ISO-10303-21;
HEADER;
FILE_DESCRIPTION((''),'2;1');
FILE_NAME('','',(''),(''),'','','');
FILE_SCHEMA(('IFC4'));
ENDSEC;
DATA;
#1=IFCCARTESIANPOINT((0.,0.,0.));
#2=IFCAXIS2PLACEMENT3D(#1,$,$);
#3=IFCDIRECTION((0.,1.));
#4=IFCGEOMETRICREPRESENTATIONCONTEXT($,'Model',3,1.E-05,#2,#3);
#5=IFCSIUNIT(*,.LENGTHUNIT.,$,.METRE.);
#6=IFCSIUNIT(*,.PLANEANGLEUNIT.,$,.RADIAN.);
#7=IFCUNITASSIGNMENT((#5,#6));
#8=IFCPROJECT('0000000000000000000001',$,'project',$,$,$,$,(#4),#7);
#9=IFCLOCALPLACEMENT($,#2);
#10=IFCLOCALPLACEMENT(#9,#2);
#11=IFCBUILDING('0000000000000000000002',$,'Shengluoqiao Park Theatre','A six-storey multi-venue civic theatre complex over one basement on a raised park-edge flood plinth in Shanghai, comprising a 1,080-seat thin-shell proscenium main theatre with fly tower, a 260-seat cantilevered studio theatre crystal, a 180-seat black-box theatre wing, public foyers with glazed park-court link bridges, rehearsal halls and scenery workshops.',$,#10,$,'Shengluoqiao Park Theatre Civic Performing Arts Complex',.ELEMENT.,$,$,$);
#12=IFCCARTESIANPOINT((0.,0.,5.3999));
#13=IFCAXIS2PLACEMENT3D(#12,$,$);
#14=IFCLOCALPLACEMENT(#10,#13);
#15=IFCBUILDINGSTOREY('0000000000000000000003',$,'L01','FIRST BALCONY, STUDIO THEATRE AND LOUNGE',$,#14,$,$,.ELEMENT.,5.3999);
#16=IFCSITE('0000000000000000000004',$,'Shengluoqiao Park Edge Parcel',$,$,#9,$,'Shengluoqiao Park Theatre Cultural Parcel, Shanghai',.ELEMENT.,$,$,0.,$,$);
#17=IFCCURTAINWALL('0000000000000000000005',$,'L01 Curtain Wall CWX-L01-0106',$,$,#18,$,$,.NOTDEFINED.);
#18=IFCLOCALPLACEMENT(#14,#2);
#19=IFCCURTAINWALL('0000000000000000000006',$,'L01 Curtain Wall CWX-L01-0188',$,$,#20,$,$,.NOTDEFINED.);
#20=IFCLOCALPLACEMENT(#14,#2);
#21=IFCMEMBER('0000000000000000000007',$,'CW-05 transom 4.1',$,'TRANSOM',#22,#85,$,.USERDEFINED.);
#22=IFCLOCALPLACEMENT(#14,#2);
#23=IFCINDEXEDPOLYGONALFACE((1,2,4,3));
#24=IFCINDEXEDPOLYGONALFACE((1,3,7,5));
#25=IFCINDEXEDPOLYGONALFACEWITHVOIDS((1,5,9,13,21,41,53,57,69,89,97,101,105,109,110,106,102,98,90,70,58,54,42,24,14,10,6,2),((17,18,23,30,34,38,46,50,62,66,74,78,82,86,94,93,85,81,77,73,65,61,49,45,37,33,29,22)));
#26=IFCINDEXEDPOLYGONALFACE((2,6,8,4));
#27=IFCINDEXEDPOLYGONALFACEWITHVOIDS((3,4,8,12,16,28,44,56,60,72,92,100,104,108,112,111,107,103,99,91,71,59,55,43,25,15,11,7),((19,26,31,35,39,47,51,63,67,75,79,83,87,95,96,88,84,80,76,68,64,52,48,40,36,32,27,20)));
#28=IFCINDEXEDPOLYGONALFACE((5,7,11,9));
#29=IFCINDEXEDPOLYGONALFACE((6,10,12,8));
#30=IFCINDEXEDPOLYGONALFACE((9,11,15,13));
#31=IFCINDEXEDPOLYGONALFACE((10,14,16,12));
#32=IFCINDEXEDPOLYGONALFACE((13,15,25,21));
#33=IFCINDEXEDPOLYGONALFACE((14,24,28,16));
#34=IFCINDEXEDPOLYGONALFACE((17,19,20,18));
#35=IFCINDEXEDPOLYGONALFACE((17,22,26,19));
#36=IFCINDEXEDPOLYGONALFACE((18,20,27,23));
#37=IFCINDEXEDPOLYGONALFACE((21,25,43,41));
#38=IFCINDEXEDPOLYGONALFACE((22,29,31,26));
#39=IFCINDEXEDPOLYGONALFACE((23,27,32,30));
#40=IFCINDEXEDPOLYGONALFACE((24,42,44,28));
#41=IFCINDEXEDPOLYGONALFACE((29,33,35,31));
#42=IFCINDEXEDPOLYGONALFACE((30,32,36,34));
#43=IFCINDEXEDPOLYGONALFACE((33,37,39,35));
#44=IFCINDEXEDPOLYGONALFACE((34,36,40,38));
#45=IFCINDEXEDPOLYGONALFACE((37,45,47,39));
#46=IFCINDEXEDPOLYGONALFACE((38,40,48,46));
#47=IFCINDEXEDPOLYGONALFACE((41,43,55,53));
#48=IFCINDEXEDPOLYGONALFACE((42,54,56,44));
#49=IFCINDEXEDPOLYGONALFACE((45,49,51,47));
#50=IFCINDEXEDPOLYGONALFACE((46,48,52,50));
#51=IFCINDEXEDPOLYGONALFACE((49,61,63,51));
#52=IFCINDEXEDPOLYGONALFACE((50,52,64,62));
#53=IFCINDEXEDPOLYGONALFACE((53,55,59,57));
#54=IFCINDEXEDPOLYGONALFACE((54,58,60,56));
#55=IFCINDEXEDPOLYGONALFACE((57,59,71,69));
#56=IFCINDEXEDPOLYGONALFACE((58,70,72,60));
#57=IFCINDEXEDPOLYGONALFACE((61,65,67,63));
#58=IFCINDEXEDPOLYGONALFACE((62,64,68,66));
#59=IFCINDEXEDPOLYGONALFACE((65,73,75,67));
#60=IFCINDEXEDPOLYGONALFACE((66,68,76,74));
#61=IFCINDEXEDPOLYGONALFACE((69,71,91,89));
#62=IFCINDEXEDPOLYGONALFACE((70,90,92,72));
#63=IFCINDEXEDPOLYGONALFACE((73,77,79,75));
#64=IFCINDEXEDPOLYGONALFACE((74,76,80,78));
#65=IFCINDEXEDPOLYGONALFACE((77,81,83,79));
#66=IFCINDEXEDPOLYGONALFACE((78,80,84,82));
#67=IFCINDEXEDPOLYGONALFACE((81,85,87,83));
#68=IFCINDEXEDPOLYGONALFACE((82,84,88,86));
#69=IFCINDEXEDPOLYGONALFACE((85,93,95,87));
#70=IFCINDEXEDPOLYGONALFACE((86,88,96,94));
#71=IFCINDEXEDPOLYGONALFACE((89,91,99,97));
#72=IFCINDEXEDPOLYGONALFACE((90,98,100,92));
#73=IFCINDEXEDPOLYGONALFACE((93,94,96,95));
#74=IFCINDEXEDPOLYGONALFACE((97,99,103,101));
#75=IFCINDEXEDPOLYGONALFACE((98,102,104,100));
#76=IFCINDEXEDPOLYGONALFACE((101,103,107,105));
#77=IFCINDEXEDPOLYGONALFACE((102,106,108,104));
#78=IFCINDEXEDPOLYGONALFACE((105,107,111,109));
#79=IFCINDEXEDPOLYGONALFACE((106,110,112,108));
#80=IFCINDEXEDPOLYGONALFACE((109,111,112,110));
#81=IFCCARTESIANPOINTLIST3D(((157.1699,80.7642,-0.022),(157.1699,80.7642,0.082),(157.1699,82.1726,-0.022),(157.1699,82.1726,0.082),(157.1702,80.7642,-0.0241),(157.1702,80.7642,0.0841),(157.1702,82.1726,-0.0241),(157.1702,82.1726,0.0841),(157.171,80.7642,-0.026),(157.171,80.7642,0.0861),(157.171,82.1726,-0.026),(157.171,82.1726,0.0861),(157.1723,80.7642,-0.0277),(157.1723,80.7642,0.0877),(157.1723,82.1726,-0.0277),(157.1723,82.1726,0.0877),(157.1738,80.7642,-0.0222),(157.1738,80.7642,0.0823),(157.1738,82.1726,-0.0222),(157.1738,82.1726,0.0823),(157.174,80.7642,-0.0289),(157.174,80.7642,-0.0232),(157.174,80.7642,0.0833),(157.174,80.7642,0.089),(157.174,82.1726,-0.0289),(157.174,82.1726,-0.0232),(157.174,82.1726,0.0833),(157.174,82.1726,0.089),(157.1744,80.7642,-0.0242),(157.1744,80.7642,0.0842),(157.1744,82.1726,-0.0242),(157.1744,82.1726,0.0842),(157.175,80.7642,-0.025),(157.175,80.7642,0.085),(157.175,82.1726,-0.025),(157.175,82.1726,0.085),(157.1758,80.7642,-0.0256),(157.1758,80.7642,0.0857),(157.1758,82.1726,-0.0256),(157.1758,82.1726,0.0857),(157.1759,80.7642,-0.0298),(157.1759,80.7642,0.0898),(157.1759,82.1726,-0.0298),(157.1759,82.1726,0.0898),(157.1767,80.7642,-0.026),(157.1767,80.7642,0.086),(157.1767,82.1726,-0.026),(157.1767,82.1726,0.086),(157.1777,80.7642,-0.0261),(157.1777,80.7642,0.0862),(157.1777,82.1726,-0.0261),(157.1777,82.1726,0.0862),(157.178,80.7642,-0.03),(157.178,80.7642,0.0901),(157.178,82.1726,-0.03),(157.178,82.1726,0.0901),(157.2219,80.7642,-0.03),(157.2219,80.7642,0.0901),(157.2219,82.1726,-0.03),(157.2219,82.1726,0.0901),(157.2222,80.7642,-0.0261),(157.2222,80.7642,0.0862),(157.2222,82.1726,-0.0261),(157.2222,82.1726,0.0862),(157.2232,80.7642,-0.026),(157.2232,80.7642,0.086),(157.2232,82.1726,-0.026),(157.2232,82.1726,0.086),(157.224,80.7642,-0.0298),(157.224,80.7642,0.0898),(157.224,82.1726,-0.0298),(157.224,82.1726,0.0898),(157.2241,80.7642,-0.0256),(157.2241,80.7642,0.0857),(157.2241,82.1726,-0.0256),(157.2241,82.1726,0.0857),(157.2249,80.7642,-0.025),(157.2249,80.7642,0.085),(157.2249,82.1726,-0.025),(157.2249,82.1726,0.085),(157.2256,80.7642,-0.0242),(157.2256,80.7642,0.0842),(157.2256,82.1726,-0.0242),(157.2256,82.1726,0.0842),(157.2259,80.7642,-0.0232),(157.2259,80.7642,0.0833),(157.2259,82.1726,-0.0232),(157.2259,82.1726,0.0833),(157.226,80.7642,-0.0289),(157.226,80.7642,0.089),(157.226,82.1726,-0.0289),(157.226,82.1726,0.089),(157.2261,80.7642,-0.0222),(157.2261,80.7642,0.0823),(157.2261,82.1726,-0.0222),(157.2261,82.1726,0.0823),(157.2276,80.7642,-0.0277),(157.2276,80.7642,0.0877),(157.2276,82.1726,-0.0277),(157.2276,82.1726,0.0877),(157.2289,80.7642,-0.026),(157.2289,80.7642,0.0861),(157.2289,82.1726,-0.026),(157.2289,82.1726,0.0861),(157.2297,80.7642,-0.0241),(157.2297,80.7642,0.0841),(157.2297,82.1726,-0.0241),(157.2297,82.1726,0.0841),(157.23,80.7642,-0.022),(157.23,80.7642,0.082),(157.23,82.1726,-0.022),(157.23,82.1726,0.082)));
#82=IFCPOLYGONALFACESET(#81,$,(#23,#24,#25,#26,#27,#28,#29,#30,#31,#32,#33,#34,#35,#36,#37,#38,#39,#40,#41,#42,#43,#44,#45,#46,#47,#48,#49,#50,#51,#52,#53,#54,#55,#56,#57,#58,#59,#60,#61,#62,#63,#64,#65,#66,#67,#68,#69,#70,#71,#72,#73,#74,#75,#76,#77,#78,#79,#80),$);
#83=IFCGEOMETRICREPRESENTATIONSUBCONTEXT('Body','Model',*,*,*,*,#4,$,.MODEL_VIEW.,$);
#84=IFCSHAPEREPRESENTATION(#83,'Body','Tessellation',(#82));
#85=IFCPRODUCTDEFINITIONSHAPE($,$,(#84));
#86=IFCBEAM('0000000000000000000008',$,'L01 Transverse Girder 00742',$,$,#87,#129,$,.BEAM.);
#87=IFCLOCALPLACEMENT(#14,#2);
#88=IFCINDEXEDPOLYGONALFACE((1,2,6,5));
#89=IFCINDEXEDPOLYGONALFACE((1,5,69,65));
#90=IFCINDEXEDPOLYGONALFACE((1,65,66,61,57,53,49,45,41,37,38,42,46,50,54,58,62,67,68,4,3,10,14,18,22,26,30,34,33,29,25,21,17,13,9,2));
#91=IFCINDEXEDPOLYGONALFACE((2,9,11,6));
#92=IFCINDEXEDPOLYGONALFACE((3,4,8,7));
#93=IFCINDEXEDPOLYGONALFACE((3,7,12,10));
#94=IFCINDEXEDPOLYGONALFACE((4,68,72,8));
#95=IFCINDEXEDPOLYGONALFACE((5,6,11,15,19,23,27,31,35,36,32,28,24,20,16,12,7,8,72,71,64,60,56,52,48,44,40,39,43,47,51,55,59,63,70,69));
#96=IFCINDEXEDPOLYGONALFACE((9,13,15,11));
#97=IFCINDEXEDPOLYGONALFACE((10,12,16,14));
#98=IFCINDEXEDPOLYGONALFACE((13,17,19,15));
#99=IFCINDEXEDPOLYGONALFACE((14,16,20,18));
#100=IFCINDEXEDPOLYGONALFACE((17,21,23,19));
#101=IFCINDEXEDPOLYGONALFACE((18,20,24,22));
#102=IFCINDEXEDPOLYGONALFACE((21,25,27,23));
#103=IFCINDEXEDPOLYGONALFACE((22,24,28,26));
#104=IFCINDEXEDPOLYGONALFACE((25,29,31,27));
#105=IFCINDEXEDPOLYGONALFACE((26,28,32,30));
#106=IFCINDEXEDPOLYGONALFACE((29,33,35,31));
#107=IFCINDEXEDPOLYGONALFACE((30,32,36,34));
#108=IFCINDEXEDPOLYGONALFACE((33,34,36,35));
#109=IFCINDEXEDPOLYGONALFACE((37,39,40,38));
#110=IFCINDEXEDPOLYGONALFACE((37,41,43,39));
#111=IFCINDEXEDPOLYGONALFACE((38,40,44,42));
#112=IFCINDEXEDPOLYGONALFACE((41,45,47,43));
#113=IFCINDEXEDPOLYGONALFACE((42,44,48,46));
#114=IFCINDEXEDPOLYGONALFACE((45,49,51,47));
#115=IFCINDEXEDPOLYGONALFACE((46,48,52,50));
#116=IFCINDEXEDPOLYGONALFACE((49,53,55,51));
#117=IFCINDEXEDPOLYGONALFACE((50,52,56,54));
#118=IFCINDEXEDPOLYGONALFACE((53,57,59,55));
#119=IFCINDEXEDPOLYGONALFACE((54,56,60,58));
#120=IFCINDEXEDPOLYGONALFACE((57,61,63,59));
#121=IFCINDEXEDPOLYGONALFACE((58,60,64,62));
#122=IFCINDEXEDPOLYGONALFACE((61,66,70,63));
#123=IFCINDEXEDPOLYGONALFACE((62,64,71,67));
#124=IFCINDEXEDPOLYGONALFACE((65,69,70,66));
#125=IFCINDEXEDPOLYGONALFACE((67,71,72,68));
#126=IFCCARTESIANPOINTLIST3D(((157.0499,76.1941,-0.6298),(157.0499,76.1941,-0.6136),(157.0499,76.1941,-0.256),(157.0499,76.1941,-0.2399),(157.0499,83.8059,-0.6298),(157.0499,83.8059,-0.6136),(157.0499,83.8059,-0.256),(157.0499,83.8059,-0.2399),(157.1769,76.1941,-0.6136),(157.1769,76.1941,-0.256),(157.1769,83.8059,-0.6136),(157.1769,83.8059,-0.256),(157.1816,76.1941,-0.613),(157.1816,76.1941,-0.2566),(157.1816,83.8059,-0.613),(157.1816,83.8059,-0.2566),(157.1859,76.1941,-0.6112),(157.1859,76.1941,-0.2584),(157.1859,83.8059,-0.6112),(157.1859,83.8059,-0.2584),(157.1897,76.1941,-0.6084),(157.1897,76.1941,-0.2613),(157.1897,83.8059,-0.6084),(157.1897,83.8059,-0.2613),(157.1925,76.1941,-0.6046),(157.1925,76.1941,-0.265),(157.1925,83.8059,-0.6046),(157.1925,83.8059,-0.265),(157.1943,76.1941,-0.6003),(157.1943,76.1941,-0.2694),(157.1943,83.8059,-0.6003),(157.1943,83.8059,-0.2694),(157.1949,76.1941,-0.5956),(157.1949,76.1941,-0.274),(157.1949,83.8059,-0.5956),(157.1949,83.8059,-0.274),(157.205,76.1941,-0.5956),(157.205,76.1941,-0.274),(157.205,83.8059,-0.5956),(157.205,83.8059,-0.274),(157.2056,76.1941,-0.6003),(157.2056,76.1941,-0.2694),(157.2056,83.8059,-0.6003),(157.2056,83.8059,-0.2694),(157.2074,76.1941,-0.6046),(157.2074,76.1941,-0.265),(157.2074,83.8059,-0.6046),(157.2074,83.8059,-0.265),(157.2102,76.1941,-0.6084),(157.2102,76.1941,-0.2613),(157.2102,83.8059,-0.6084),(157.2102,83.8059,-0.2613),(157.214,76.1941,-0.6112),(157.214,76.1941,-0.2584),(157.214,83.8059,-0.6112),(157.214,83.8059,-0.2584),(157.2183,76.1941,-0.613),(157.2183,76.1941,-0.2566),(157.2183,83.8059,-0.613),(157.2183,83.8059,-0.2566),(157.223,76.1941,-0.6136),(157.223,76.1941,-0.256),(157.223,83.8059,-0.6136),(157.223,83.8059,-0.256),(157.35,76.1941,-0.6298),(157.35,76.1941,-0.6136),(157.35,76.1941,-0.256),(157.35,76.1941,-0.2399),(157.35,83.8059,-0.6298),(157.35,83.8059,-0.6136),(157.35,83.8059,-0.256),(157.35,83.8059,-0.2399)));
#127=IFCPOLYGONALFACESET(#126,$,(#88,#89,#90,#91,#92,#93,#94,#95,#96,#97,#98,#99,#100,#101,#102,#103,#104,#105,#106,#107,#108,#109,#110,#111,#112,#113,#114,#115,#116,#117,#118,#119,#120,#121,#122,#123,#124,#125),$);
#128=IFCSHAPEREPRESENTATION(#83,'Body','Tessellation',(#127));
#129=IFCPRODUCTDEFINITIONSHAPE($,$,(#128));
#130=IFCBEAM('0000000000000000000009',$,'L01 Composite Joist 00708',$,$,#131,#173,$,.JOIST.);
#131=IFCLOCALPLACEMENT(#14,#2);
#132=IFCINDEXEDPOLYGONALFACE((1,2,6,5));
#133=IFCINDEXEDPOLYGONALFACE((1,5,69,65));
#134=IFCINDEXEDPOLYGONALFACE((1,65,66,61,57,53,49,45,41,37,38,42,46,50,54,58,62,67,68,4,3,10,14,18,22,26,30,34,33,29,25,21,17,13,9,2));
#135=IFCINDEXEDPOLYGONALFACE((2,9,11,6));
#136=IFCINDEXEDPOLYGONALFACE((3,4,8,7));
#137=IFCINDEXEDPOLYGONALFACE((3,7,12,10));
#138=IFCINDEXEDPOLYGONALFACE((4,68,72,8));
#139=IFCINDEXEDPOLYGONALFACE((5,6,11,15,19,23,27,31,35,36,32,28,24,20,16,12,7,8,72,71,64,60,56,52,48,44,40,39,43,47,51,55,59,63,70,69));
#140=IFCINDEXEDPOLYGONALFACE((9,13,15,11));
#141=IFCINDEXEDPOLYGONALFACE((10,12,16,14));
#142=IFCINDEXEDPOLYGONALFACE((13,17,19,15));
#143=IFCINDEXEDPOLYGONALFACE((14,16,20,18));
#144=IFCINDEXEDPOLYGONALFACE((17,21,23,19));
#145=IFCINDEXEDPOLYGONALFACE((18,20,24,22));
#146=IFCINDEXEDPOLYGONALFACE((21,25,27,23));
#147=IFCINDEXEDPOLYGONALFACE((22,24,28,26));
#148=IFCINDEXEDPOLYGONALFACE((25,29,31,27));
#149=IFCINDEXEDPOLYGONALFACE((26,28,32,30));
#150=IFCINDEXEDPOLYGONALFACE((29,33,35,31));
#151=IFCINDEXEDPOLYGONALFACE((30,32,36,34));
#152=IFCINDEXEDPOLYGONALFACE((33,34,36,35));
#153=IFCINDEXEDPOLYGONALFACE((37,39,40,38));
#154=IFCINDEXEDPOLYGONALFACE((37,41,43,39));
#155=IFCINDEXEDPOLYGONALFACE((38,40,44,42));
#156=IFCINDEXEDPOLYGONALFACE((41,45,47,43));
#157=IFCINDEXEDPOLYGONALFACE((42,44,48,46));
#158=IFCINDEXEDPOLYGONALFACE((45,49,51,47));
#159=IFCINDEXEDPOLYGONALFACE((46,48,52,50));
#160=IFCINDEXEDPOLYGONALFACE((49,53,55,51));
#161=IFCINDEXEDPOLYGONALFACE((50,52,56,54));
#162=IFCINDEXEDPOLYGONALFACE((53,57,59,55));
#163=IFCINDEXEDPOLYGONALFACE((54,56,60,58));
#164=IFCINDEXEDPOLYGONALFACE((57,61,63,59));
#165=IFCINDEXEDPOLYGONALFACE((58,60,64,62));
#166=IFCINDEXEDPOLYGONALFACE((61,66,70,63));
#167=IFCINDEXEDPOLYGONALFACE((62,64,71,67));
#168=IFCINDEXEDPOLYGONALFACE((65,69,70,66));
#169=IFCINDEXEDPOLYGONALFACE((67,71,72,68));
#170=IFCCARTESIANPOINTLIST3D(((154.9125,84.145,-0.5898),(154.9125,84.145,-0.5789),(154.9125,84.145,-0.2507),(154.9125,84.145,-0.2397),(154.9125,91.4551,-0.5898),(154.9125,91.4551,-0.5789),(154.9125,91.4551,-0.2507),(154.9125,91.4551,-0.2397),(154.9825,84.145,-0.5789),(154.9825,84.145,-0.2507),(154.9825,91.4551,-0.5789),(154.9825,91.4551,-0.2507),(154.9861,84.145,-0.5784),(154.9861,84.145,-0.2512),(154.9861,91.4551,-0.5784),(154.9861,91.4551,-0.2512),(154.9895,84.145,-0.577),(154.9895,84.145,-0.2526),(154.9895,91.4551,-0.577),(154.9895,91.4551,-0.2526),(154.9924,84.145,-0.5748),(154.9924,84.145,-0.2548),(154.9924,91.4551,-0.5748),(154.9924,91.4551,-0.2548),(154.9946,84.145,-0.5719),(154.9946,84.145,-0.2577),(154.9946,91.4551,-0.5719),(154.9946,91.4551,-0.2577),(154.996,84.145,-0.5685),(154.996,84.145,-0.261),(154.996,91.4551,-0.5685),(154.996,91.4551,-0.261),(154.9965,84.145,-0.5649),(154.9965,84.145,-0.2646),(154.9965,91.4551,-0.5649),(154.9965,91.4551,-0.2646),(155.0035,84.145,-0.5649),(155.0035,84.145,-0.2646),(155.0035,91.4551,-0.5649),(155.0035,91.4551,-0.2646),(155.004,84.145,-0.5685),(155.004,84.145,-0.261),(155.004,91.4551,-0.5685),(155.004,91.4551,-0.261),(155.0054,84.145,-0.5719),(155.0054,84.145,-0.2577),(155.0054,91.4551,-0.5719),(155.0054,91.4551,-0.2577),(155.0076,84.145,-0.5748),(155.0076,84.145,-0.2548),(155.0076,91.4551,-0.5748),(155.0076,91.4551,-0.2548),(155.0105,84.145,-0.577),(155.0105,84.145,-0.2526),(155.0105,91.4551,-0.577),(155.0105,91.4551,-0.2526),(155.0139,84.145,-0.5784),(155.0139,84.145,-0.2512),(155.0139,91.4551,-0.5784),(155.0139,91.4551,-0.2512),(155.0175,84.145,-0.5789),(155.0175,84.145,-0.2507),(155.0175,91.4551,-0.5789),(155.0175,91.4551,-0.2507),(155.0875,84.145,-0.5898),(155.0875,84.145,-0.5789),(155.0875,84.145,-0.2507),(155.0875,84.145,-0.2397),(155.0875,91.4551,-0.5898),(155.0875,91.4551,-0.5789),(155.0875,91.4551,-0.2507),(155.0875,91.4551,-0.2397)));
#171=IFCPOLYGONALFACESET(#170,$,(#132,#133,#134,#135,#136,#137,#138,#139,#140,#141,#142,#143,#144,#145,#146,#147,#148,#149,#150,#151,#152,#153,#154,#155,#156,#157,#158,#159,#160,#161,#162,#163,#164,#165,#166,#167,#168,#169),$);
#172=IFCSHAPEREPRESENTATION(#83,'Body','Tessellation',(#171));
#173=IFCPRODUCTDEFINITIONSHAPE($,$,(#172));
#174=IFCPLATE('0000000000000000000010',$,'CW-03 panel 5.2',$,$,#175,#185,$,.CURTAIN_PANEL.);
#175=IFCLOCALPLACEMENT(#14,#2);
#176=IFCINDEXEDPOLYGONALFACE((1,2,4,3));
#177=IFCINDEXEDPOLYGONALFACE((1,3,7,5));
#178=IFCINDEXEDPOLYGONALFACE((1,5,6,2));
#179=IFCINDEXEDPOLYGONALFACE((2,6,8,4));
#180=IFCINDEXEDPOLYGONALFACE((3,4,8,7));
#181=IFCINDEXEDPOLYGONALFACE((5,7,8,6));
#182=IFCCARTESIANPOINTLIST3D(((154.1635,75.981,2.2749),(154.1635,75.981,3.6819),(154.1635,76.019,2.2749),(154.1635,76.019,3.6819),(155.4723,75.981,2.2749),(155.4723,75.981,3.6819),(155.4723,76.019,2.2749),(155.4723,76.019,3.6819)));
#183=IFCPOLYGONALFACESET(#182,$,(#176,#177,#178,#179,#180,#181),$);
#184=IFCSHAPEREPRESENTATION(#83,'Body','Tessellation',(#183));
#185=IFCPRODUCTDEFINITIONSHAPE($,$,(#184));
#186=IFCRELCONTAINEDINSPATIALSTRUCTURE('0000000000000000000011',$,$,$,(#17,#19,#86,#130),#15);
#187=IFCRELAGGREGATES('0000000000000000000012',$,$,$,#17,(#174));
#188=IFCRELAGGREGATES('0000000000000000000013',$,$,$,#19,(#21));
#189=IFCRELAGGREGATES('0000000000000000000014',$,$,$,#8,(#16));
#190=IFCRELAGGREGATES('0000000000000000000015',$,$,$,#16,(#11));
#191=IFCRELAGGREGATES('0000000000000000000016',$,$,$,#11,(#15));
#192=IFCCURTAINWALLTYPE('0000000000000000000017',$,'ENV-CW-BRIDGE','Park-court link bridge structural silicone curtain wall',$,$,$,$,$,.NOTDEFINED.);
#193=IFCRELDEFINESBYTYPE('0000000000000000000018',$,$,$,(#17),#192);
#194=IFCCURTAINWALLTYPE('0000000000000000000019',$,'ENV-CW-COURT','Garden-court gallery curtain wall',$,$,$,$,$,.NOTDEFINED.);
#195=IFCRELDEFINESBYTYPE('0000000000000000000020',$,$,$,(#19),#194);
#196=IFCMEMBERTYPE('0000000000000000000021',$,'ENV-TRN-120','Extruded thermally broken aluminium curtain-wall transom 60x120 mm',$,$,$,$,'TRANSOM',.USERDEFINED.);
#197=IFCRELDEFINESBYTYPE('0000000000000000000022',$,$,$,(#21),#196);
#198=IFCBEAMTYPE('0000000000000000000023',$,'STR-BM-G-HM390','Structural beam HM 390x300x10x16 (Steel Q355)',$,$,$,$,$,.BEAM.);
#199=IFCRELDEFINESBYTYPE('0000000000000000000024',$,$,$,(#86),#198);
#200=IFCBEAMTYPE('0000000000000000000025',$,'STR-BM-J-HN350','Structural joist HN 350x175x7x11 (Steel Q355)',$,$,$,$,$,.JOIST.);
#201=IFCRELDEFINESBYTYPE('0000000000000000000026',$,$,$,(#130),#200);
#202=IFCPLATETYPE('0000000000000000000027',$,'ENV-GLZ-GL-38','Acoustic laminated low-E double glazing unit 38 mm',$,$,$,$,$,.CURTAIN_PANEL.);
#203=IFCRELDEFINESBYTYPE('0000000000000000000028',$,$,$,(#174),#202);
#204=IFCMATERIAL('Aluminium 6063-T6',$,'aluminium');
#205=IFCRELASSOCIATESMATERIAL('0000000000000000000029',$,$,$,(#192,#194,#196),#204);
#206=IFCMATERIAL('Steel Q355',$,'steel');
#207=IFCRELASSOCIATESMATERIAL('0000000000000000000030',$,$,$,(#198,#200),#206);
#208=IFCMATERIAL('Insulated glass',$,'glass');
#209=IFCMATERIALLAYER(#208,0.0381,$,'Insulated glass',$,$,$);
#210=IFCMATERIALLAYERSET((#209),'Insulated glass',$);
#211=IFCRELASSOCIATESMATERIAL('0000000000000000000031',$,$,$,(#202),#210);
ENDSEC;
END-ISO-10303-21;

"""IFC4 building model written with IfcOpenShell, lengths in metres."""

from ifc_helpers import new_model, si_unit, direction, frame, origin, origin_2d, place, context, subcontext, project, spatial, rectangle, hollow_rectangle, i_section, extrude, material, layer, layer_set, material_profile, profile_set, type_object, element, aggregate, save


model = new_model("IFC4")

# Units and contexts
model_context = context("Model", 3, precision=1e-05, world=origin(), true_north=direction((0.0, 1.0)))
body_context = subcontext(model_context, "Body", "Model", "MODEL_VIEW")
ifc_project = project(units=[si_unit("LENGTHUNIT", "METRE"), si_unit("PLANEANGLEUNIT", "RADIAN")], contexts=[model_context])

# Site, building, storey
site_placement = place(None, origin())
site = spatial("IfcSite", under=ifc_project, at=site_placement, Name="Shengluoqiao Park Edge Parcel", LongName="Shengluoqiao Park Theatre Cultural Parcel, Shanghai", CompositionType="ELEMENT", RefElevation=0.0)
building_placement = place(site_placement, origin())
building = spatial("IfcBuilding", under=site, at=building_placement, Name="Shengluoqiao Park Theatre", Description="A six-storey multi-venue civic theatre complex over one basement on a raised park-edge flood plinth in Shanghai, comprising a 1,080-seat thin-shell proscenium main theatre with fly tower, a 260-seat cantilevered studio theatre crystal, a 180-seat black-box theatre wing, public foyers with glazed park-court link bridges, rehearsal halls and scenery workshops.", LongName="Shengluoqiao Park Theatre Civic Performing Arts Complex", CompositionType="ELEMENT")
storey_placement = place(building_placement, frame((0.0, 0.0, 5.3999)))
storey = spatial("IfcBuildingStorey", under=building, at=storey_placement, Name="L01", Description="FIRST BALCONY, STUDIO THEATRE AND LOUNGE", CompositionType="ELEMENT", Elevation=5.3999)

# Curtain walls
ifc_material_1 = material(Name="Aluminium 6063-T6", Category="aluminium")
curtain_wall_type_1 = type_object("IfcCurtainWallType", Name="ENV-CW-BRIDGE", Description="Park-court link bridge structural silicone curtain wall", PredefinedType="NOTDEFINED", material=ifc_material_1)
curtain_wall_1_placement = place(storey_placement, origin())
curtain_wall_1 = element("IfcCurtainWall", 1, at=curtain_wall_1_placement, inside=storey, type_object=curtain_wall_type_1, Name="L01 Curtain Wall CWX-L01-0106", PredefinedType="NOTDEFINED")
curtain_wall_type_2 = type_object("IfcCurtainWallType", Name="ENV-CW-COURT", Description="Garden-court gallery curtain wall", PredefinedType="NOTDEFINED", material=ifc_material_1)
curtain_wall_2_placement = place(storey_placement, origin())
curtain_wall_2 = element("IfcCurtainWall", 2, at=curtain_wall_2_placement, inside=storey, type_object=curtain_wall_type_2, Name="L01 Curtain Wall CWX-L01-0188", PredefinedType="NOTDEFINED")

# Member
ifc_material_profile_1 = material_profile(ifc_material_1, hollow_rectangle(XDim=0.0601, YDim=0.1201, WallThickness=0.0039, InnerFilletRadius=0.0039, OuterFilletRadius=0.0081, at=origin_2d()), Name="ALU TRANSOM 120x60x4")
ifc_profile_set_1 = profile_set([ifc_material_profile_1], Name="Aluminium 6063-T6")
member_type_1 = type_object("IfcMemberType", Name="ENV-TRN-120", Description="Extruded thermally broken aluminium curtain-wall transom 60x120 mm", ElementType="TRANSOM", PredefinedType="USERDEFINED", material=ifc_profile_set_1)
member_1_placement = place(storey_placement, frame((157.2, 80.7642, 0.03), z_axis=(0.0, 1.0, 0.0), x_axis=(-1.0, 0.0, 0.0)))
member_1 = element("IfcMember", 3, at=member_1_placement, type_object=member_type_1, Name="CW-05 transom 4.1", ObjectType="TRANSOM", PredefinedType="USERDEFINED", context=body_context, shape_type="SweptSolid", body=[
    extrude(hollow_rectangle(XDim=0.0601, YDim=0.1201, WallThickness=0.0039, InnerFilletRadius=0.0039, OuterFilletRadius=0.0081, at=origin_2d()), origin(), (0.0, 0.0, 1.0), 1.4084),
])

# Beams
ifc_material_2 = material(Name="Steel Q355", Category="steel")
ifc_material_profile_2 = material_profile(ifc_material_2, i_section(OverallWidth=0.3, OverallDepth=0.3899, WebThickness=0.01, FlangeThickness=0.0161, FilletRadius=0.0181, at=origin_2d()), Name="HM 390x300x10x16")
ifc_profile_set_2 = profile_set([ifc_material_profile_2], Name="Steel Q355")
beam_type_1 = type_object("IfcBeamType", Name="STR-BM-G-HM390", Description="Structural beam HM 390x300x10x16 (Steel Q355)", PredefinedType="BEAM", material=ifc_profile_set_2)
beam_1_placement = place(storey_placement, frame((157.2, 76.1941, -0.4348), z_axis=(0.0, 1.0, 0.0), x_axis=(-1.0, 0.0, 0.0)))
element("IfcBeam", 4, at=beam_1_placement, inside=storey, type_object=beam_type_1, Name="L01 Transverse Girder 00742", PredefinedType="BEAM", context=body_context, shape_type="SweptSolid", body=[
    extrude(i_section(OverallWidth=0.3, OverallDepth=0.3899, WebThickness=0.01, FlangeThickness=0.0161, FilletRadius=0.0181, at=origin_2d()), origin(), (0.0, 0.0, 1.0), 7.6118),
])
ifc_material_profile_3 = material_profile(ifc_material_2, i_section(OverallWidth=0.175, OverallDepth=0.3501, WebThickness=0.0071, FlangeThickness=0.011, FilletRadius=0.0139, at=origin_2d()), Name="HN 350x175x7x11")
ifc_profile_set_3 = profile_set([ifc_material_profile_3], Name="Steel Q355")
beam_type_2 = type_object("IfcBeamType", Name="STR-BM-J-HN350", Description="Structural joist HN 350x175x7x11 (Steel Q355)", PredefinedType="JOIST", material=ifc_profile_set_3)
beam_2_placement = place(storey_placement, frame((155.0, 84.145, -0.4148), z_axis=(0.0, 1.0, 0.0), x_axis=(-1.0, 0.0, 0.0)))
element("IfcBeam", 5, at=beam_2_placement, inside=storey, type_object=beam_type_2, Name="L01 Composite Joist 00708", PredefinedType="JOIST", context=body_context, shape_type="SweptSolid", body=[
    extrude(i_section(OverallWidth=0.175, OverallDepth=0.3501, WebThickness=0.0071, FlangeThickness=0.011, FilletRadius=0.0139, at=origin_2d()), origin(), (0.0, 0.0, 1.0), 7.3101),
])

# Plate
ifc_material_3 = material(Name="Insulated glass", Category="glass")
ifc_layer = layer(ifc_material_3, 0.0381, Name="Insulated glass")
ifc_layer_set = layer_set([ifc_layer], Name="Insulated glass")
plate_type = type_object("IfcPlateType", Name="ENV-GLZ-GL-38", Description="Acoustic laminated low-E double glazing unit 38 mm", PredefinedType="CURTAIN_PANEL", material=ifc_layer_set)
plate_1_placement = place(storey_placement, frame((154.8179, 76.0, 2.2749), z_axis=(0.0, 0.0, 1.0), x_axis=(1.0, 0.0, 0.0)))
plate_1 = element("IfcPlate", 6, at=plate_1_placement, type_object=plate_type, Name="CW-03 panel 5.2", PredefinedType="CURTAIN_PANEL", context=body_context, shape_type="SweptSolid", body=[
    extrude(rectangle(XDim=1.3088, YDim=0.0381, at=origin_2d()), origin(), (0.0, 0.0, 1.0), 1.407),
])
aggregate(curtain_wall_1, [plate_1])
aggregate(curtain_wall_2, [member_1])

save(model, "model.ifc")
